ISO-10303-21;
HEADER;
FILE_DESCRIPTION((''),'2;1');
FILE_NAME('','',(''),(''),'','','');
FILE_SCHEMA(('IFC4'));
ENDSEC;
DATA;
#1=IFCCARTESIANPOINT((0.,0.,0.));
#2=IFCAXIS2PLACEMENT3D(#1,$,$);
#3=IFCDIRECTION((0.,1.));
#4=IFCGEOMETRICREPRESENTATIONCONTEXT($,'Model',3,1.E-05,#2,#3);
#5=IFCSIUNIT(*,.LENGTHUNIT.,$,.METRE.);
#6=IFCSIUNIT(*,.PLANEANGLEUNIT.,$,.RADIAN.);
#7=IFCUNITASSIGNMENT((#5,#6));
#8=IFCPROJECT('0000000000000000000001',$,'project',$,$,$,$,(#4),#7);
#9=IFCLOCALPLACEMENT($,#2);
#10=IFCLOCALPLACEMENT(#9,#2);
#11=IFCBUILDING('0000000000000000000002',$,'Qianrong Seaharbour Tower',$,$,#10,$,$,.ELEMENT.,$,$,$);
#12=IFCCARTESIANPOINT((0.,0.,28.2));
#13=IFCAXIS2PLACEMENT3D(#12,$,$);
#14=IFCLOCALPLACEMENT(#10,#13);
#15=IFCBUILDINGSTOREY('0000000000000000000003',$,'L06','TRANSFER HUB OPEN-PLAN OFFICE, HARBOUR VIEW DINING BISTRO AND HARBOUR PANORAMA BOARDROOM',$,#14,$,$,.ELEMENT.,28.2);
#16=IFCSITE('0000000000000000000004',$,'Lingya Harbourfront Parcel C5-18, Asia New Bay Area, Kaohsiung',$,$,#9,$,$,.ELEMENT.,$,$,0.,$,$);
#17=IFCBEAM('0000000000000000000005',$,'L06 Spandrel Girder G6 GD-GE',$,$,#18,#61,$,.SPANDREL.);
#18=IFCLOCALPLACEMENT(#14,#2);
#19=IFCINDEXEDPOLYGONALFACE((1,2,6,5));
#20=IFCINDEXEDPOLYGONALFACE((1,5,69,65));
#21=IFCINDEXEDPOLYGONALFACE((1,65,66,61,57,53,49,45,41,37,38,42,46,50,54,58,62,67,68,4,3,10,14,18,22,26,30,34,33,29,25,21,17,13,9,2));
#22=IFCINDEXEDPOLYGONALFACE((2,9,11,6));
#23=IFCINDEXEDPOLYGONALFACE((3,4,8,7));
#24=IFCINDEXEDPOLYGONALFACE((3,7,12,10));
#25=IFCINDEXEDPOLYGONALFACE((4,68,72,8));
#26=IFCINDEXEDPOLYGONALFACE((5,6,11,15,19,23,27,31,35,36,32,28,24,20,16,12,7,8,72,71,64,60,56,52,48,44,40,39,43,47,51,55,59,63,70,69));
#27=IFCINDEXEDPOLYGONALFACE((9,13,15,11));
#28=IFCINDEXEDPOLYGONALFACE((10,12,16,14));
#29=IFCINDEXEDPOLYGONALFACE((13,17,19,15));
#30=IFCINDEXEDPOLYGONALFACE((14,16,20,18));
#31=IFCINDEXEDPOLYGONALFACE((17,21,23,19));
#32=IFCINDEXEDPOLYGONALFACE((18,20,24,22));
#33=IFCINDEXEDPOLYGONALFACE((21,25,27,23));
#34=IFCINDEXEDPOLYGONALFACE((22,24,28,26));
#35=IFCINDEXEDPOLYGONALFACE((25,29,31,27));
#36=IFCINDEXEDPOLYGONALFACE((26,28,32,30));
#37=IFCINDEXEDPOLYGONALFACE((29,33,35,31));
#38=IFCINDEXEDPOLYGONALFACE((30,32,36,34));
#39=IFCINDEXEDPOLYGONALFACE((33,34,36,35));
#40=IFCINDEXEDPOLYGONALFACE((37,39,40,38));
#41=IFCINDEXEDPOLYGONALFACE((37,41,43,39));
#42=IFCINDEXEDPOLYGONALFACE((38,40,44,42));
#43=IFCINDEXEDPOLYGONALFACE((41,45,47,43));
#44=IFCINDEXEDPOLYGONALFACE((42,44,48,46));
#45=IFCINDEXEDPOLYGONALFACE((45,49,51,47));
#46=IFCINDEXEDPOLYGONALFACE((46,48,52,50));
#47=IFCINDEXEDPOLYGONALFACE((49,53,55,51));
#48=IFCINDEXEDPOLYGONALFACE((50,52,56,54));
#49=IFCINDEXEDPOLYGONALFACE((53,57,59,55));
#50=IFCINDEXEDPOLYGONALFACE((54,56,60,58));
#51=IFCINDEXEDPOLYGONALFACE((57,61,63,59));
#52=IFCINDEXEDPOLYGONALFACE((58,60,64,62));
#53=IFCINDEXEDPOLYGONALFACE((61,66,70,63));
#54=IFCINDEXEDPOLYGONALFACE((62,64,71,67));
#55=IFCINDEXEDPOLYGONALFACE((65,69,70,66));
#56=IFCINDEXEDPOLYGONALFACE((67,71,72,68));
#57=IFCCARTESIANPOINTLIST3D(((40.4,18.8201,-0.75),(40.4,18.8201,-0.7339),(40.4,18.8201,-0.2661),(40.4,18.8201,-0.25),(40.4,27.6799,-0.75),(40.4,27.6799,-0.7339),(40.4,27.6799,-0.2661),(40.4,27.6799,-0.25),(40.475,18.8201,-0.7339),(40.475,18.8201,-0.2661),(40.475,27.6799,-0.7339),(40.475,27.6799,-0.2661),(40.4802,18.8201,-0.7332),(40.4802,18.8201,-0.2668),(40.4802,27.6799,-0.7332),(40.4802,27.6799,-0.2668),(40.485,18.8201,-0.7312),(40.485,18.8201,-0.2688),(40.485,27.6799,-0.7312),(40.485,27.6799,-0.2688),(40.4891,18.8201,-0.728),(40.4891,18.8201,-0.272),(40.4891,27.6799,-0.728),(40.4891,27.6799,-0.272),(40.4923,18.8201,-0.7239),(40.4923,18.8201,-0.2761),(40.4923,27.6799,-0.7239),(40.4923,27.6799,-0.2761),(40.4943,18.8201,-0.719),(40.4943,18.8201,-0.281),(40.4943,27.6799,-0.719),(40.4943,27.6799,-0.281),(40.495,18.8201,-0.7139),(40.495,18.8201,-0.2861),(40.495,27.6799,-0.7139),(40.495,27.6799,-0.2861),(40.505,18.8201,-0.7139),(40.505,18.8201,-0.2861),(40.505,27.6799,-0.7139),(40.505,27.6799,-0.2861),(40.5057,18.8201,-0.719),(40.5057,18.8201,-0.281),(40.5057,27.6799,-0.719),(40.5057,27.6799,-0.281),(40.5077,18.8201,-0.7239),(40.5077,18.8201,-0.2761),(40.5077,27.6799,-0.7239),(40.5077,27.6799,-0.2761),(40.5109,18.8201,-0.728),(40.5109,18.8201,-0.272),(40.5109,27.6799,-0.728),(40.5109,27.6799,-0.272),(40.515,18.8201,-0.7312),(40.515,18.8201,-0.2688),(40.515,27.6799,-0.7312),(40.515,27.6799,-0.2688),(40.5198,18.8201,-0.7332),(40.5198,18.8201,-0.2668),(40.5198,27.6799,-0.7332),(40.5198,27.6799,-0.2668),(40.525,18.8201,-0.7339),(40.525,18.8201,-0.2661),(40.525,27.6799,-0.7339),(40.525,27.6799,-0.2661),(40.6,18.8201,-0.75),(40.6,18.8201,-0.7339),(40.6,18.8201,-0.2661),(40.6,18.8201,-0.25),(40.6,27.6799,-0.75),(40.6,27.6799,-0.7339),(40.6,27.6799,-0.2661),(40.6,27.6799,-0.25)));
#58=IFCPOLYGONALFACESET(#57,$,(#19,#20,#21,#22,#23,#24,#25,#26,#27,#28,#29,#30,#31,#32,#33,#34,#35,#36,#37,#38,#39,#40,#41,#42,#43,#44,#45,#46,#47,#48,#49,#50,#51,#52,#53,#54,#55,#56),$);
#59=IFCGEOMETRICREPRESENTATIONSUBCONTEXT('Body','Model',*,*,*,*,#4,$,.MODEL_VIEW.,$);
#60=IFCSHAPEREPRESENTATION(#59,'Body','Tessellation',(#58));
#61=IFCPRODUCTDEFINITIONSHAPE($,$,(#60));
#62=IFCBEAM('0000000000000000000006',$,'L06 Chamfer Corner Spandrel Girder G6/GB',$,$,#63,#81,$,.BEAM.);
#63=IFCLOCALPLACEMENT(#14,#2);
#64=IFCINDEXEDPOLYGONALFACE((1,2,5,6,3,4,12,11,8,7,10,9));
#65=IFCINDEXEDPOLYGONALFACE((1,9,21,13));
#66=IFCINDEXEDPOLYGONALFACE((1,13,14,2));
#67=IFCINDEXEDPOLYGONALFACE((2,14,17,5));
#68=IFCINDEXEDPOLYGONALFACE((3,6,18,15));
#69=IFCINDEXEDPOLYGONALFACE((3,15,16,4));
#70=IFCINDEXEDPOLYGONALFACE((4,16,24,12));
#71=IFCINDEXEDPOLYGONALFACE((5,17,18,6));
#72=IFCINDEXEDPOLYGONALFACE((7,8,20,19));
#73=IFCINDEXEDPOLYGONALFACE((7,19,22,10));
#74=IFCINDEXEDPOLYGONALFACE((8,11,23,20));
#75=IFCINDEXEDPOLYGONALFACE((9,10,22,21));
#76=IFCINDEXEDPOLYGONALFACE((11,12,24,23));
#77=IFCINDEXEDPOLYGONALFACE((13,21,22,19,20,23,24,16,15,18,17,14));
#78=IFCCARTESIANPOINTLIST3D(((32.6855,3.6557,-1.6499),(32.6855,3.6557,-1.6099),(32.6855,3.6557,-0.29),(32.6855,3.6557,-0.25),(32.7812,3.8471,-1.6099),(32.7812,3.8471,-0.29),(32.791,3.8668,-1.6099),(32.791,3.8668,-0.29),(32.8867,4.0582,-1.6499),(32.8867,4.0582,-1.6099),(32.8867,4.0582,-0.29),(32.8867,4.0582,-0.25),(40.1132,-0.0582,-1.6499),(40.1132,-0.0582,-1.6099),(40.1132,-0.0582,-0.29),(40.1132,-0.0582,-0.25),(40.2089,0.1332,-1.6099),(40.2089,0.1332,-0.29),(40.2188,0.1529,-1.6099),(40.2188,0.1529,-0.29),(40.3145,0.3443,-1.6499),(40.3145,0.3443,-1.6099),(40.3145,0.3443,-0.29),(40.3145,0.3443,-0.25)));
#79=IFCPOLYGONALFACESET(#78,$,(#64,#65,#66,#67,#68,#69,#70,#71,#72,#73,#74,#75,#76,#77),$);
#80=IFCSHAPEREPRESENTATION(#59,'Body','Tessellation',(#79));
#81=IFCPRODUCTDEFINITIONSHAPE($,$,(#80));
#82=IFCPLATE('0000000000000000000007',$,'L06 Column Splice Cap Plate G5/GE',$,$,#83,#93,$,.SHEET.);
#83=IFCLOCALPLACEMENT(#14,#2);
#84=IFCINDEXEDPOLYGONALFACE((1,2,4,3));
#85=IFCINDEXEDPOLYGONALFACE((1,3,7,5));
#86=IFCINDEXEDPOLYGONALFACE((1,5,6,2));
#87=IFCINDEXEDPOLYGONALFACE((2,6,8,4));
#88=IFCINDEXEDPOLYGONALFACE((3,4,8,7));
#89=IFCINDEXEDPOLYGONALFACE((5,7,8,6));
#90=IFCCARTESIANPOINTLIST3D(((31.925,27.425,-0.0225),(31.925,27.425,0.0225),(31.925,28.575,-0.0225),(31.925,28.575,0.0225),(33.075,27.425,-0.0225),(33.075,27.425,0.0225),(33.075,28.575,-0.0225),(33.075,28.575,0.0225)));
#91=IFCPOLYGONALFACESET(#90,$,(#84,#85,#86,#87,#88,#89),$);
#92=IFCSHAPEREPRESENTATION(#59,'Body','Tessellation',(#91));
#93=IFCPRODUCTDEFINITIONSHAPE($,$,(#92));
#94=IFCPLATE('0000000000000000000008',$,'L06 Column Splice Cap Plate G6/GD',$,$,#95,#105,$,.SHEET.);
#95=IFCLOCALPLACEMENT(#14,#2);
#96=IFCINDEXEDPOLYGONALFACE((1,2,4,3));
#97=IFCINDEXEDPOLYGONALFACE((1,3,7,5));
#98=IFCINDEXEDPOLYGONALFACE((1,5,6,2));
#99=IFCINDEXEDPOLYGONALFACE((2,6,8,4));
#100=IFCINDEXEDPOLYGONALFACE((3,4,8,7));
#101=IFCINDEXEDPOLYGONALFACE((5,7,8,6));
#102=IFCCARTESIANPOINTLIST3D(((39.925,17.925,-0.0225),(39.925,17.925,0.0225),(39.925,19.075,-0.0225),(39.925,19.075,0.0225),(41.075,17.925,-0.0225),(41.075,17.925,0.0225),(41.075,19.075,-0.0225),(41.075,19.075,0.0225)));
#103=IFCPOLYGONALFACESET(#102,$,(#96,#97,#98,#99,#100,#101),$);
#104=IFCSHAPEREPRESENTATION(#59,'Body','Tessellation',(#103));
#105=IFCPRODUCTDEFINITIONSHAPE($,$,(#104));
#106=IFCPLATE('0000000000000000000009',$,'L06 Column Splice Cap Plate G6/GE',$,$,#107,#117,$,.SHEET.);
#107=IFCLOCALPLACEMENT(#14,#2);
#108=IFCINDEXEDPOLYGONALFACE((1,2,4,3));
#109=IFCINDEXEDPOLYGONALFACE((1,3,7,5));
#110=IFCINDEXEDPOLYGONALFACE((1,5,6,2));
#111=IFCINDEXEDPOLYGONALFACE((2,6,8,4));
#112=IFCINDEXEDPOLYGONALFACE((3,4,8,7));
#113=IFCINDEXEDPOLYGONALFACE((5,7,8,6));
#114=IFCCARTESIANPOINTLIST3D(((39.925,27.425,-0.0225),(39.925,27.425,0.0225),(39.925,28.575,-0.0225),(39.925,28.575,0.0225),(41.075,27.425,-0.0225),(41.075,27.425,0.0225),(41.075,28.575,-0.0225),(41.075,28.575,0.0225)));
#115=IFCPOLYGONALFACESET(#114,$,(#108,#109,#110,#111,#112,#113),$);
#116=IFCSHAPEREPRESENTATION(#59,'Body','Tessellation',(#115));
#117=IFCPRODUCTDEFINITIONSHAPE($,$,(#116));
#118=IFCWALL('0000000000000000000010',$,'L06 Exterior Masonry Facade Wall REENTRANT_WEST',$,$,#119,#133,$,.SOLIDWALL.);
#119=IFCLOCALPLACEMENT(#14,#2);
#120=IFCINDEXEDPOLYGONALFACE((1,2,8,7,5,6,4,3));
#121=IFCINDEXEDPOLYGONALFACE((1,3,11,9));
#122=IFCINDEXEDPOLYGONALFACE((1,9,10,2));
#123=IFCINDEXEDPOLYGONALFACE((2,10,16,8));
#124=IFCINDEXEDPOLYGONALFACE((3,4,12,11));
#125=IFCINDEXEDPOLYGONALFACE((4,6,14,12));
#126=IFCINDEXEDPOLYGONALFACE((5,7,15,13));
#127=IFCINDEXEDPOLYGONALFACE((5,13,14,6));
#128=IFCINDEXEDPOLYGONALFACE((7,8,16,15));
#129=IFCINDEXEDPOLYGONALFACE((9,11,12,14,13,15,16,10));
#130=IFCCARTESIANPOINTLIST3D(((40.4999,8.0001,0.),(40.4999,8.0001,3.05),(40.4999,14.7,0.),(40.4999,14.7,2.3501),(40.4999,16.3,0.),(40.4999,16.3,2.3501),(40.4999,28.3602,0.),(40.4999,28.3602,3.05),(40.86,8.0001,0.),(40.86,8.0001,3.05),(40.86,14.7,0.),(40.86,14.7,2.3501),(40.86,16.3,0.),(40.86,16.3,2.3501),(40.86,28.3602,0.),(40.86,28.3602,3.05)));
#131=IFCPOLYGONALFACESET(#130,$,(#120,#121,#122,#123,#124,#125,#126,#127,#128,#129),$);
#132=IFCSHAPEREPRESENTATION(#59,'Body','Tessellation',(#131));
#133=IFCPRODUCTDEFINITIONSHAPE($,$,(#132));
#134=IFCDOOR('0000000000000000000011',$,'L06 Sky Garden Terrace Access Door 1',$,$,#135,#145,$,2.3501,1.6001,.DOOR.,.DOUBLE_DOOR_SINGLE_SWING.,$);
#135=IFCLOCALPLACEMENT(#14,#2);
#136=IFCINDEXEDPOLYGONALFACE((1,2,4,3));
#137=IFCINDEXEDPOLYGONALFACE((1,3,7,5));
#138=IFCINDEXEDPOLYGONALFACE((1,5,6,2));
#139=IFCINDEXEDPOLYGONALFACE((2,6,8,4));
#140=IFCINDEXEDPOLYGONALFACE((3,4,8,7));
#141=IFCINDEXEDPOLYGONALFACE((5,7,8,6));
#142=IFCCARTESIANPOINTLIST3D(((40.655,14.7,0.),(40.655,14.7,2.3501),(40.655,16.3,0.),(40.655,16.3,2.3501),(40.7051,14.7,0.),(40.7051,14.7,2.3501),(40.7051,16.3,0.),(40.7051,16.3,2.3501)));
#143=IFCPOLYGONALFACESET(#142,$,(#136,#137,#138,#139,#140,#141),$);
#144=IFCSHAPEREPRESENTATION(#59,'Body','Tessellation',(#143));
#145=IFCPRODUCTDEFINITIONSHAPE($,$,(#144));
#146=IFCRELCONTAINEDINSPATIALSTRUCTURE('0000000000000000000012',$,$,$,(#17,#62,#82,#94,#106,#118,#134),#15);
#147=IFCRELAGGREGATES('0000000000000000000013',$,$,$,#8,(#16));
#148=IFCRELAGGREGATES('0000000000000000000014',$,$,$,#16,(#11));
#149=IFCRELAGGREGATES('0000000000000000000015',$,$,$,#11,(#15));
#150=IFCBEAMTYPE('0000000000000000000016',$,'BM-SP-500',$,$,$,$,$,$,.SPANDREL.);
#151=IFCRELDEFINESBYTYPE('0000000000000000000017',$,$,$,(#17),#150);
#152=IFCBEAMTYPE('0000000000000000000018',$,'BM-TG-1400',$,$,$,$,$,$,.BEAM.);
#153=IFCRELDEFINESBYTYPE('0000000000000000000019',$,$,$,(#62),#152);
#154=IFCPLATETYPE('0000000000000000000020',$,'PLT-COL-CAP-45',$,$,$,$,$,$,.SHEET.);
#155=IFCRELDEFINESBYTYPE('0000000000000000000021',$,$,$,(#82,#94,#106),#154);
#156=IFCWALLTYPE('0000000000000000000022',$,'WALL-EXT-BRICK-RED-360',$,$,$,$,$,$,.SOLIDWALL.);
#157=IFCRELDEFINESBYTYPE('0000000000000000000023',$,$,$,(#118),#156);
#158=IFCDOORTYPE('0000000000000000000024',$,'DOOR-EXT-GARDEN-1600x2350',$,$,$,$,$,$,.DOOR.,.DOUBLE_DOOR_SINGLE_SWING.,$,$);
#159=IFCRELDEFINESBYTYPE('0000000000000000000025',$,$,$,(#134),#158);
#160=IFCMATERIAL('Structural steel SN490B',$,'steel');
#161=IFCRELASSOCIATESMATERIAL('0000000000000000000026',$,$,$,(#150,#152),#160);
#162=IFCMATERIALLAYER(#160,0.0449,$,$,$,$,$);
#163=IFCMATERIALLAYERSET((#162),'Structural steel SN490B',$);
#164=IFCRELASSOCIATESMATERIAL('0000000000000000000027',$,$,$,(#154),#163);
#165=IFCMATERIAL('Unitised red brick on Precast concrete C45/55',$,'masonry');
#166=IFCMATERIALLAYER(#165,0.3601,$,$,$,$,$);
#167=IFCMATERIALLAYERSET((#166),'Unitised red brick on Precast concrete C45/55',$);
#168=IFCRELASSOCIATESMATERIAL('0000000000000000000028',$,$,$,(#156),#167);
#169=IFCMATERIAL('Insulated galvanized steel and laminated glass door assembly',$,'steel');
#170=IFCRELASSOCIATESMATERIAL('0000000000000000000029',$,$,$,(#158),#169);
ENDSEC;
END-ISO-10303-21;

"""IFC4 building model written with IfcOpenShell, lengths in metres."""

from ifc_helpers import new_model, si_unit, direction, frame, frame_2d, origin, origin_2d, place, context, subcontext, project, spatial, rectangle, i_section, extrude, material, layer, layer_set, material_profile, profile_set, type_object, element, fill, save


model = new_model("IFC4")

# Units and contexts
model_context = context("Model", 3, precision=1e-05, world=origin(), true_north=direction((0.0, 1.0)))
body_context = subcontext(model_context, "Body", "Model", "MODEL_VIEW")
ifc_project = project(units=[si_unit("LENGTHUNIT", "METRE"), si_unit("PLANEANGLEUNIT", "RADIAN")], contexts=[model_context])

# Site, building, storey
site_placement = place(None, origin())
site = spatial("IfcSite", under=ifc_project, at=site_placement, Name="Lingya Harbourfront Parcel C5-18, Asia New Bay Area, Kaohsiung", CompositionType="ELEMENT", RefElevation=0.0)
building_placement = place(site_placement, origin())
building = spatial("IfcBuilding", under=site, at=building_placement, Name="Qianrong Seaharbour Tower", CompositionType="ELEMENT")
storey_placement = place(building_placement, frame((0.0, 0.0, 28.2)))
storey = spatial("IfcBuildingStorey", under=building, at=storey_placement, Name="L06", Description="TRANSFER HUB OPEN-PLAN OFFICE, HARBOUR VIEW DINING BISTRO AND HARBOUR PANORAMA BOARDROOM", CompositionType="ELEMENT", Elevation=28.2)

# Shared definitions
ifc_material_1 = material(Name="Structural steel SN490B", Category="steel")

# Beams
ifc_material_profile_1 = material_profile(ifc_material_1, i_section(OverallWidth=0.2, OverallDepth=0.5, WebThickness=0.01, FlangeThickness=0.0161, FilletRadius=0.02, at=origin_2d()), Name="H500x200x10x16")
ifc_profile_set_1 = profile_set([ifc_material_profile_1], Name="Structural steel SN490B")
beam_type_1 = type_object("IfcBeamType", Name="BM-SP-500", PredefinedType="SPANDREL", material=ifc_profile_set_1)
beam_1_placement = place(storey_placement, frame((40.5, 18.8201, -0.5), z_axis=(0.0, 1.0, 0.0), x_axis=(-1.0, 0.0, 0.0)))
element("IfcBeam", 1, at=beam_1_placement, inside=storey, type_object=beam_type_1, Name="L06 Spandrel Girder G6 GD-GE", PredefinedType="SPANDREL", context=body_context, shape_type="SweptSolid", body=[
    extrude(i_section(OverallWidth=0.2, OverallDepth=0.5, WebThickness=0.01, FlangeThickness=0.0161, FilletRadius=0.02, at=origin_2d()), origin(), (0.0, 0.0, 1.0), 8.8599),
])
ifc_material_profile_2 = material_profile(ifc_material_1, i_section(OverallWidth=0.45, OverallDepth=1.3999, WebThickness=0.022, FlangeThickness=0.04, at=origin_2d()), Name="BH1400x450x22x40")
ifc_profile_set_2 = profile_set([ifc_material_profile_2], Name="Structural steel SN490B")
beam_type_2 = type_object("IfcBeamType", Name="BM-TG-1400", PredefinedType="BEAM", material=ifc_profile_set_2)
beam_2_placement = place(storey_placement, frame((32.7861, 3.8569, -0.95), z_axis=(0.894427, -0.447214, 0.0), x_axis=(0.447214, 0.894427, 0.0)))
element("IfcBeam", 2, at=beam_2_placement, inside=storey, type_object=beam_type_2, Name="L06 Chamfer Corner Spandrel Girder G6/GB", PredefinedType="BEAM", context=body_context, shape_type="SweptSolid", body=[
    extrude(i_section(OverallWidth=0.45, OverallDepth=1.3999, WebThickness=0.022, FlangeThickness=0.04, at=origin_2d()), origin(), (0.0, 0.0, 1.0), 8.3044),
])

# Plates
ifc_layer_1 = layer(ifc_material_1, 0.0449)
ifc_layer_set_1 = layer_set([ifc_layer_1], Name="Structural steel SN490B")
plate_type = type_object("IfcPlateType", Name="PLT-COL-CAP-45", PredefinedType="SHEET", material=ifc_layer_set_1)
for number, where, z_axis, x_axis, name in (
    (3, (32.5, 28.0, -0.0225), (0.0, 0.0, 1.0), (1.0, 0.0, 0.0), "L06 Column Splice Cap Plate G5/GE"),
    (4, (40.5, 18.5, -0.0225), (0.0, 0.0, 1.0), (1.0, 0.0, 0.0), "L06 Column Splice Cap Plate G6/GD"),
    (5, (40.5, 28.0, -0.0225), (0.0, 0.0, 1.0), (1.0, 0.0, 0.0), "L06 Column Splice Cap Plate G6/GE"),
):
    element("IfcPlate", number, at=place(storey_placement, frame(where, z_axis=z_axis, x_axis=x_axis)), inside=storey, type_object=plate_type, Name=name, PredefinedType="SHEET", context=body_context, shape_type="SweptSolid", body=[
        extrude(rectangle(XDim=1.1499, YDim=1.1499, at=origin_2d()), origin(), (0.0, 0.0, 1.0), 0.0449),
    ])

# Wall, opening, door
ifc_material_2 = material(Name="Unitised red brick on Precast concrete C45/55", Category="masonry")
ifc_layer_2 = layer(ifc_material_2, 0.3601)
ifc_layer_set_2 = layer_set([ifc_layer_2], Name="Unitised red brick on Precast concrete C45/55")
wall_type_1 = type_object("IfcWallType", Name="WALL-EXT-BRICK-RED-360", PredefinedType="SOLIDWALL", material=ifc_layer_set_2)
wall_1_placement = place(storey_placement, frame((40.6799, 8.0, 0.0), z_axis=(0.0, 0.0, 1.0), x_axis=(0.0, 1.0, 0.0)))
wall_1 = element("IfcWall", 6, at=wall_1_placement, inside=storey, type_object=wall_type_1, Name="L06 Exterior Masonry Facade Wall REENTRANT_WEST", PredefinedType="SOLIDWALL", context=body_context, shape_type="SweptSolid", body=[
    extrude(rectangle(XDim=20.3601, YDim=0.3601, at=frame_2d((10.1802, 0.0))), origin(), (0.0, 0.0, 1.0), 3.05),
])
opening_1_placement = place(wall_1_placement, frame((6.7, 0.0, 0.0)))
opening_1 = element("IfcOpeningElement", 7, at=opening_1_placement, cuts=wall_1, PredefinedType="OPENING", context=body_context, shape_type="SweptSolid", body=[
    extrude(rectangle(XDim=1.6001, YDim=2.3501, at=frame_2d((0.8, 1.175))), frame((0.0, 0.1899, 0.0), z_axis=(0.0, -1.0, 0.0), x_axis=(1.0, 0.0, 0.0)), (0.0, 0.0, 1.0), 0.3801),
])
ifc_material_3 = material(Name="Insulated galvanized steel and laminated glass door assembly", Category="steel")
door_type_1 = type_object("IfcDoorType", Name="DOOR-EXT-GARDEN-1600x2350", OperationType="DOUBLE_DOOR_SINGLE_SWING", PredefinedType="DOOR", material=ifc_material_3)
door_1_placement = place(opening_1_placement, origin())
door_1 = element("IfcDoor", 8, at=door_1_placement, inside=storey, type_object=door_type_1, Name="L06 Sky Garden Terrace Access Door 1", OperationType="DOUBLE_DOOR_SINGLE_SWING", OverallHeight=2.3501, OverallWidth=1.6001, PredefinedType="DOOR", context=body_context, shape_type="SweptSolid", body=[
    extrude(rectangle(XDim=1.6001, YDim=2.3501, at=frame_2d((0.8, 1.175))), frame((0.0, 0.0249, 0.0), z_axis=(0.0, -1.0, 0.0), x_axis=(1.0, 0.0, 0.0)), (0.0, 0.0, 1.0), 0.05),
])
fill(opening_1, door_1)

save(model, "model.ifc")
